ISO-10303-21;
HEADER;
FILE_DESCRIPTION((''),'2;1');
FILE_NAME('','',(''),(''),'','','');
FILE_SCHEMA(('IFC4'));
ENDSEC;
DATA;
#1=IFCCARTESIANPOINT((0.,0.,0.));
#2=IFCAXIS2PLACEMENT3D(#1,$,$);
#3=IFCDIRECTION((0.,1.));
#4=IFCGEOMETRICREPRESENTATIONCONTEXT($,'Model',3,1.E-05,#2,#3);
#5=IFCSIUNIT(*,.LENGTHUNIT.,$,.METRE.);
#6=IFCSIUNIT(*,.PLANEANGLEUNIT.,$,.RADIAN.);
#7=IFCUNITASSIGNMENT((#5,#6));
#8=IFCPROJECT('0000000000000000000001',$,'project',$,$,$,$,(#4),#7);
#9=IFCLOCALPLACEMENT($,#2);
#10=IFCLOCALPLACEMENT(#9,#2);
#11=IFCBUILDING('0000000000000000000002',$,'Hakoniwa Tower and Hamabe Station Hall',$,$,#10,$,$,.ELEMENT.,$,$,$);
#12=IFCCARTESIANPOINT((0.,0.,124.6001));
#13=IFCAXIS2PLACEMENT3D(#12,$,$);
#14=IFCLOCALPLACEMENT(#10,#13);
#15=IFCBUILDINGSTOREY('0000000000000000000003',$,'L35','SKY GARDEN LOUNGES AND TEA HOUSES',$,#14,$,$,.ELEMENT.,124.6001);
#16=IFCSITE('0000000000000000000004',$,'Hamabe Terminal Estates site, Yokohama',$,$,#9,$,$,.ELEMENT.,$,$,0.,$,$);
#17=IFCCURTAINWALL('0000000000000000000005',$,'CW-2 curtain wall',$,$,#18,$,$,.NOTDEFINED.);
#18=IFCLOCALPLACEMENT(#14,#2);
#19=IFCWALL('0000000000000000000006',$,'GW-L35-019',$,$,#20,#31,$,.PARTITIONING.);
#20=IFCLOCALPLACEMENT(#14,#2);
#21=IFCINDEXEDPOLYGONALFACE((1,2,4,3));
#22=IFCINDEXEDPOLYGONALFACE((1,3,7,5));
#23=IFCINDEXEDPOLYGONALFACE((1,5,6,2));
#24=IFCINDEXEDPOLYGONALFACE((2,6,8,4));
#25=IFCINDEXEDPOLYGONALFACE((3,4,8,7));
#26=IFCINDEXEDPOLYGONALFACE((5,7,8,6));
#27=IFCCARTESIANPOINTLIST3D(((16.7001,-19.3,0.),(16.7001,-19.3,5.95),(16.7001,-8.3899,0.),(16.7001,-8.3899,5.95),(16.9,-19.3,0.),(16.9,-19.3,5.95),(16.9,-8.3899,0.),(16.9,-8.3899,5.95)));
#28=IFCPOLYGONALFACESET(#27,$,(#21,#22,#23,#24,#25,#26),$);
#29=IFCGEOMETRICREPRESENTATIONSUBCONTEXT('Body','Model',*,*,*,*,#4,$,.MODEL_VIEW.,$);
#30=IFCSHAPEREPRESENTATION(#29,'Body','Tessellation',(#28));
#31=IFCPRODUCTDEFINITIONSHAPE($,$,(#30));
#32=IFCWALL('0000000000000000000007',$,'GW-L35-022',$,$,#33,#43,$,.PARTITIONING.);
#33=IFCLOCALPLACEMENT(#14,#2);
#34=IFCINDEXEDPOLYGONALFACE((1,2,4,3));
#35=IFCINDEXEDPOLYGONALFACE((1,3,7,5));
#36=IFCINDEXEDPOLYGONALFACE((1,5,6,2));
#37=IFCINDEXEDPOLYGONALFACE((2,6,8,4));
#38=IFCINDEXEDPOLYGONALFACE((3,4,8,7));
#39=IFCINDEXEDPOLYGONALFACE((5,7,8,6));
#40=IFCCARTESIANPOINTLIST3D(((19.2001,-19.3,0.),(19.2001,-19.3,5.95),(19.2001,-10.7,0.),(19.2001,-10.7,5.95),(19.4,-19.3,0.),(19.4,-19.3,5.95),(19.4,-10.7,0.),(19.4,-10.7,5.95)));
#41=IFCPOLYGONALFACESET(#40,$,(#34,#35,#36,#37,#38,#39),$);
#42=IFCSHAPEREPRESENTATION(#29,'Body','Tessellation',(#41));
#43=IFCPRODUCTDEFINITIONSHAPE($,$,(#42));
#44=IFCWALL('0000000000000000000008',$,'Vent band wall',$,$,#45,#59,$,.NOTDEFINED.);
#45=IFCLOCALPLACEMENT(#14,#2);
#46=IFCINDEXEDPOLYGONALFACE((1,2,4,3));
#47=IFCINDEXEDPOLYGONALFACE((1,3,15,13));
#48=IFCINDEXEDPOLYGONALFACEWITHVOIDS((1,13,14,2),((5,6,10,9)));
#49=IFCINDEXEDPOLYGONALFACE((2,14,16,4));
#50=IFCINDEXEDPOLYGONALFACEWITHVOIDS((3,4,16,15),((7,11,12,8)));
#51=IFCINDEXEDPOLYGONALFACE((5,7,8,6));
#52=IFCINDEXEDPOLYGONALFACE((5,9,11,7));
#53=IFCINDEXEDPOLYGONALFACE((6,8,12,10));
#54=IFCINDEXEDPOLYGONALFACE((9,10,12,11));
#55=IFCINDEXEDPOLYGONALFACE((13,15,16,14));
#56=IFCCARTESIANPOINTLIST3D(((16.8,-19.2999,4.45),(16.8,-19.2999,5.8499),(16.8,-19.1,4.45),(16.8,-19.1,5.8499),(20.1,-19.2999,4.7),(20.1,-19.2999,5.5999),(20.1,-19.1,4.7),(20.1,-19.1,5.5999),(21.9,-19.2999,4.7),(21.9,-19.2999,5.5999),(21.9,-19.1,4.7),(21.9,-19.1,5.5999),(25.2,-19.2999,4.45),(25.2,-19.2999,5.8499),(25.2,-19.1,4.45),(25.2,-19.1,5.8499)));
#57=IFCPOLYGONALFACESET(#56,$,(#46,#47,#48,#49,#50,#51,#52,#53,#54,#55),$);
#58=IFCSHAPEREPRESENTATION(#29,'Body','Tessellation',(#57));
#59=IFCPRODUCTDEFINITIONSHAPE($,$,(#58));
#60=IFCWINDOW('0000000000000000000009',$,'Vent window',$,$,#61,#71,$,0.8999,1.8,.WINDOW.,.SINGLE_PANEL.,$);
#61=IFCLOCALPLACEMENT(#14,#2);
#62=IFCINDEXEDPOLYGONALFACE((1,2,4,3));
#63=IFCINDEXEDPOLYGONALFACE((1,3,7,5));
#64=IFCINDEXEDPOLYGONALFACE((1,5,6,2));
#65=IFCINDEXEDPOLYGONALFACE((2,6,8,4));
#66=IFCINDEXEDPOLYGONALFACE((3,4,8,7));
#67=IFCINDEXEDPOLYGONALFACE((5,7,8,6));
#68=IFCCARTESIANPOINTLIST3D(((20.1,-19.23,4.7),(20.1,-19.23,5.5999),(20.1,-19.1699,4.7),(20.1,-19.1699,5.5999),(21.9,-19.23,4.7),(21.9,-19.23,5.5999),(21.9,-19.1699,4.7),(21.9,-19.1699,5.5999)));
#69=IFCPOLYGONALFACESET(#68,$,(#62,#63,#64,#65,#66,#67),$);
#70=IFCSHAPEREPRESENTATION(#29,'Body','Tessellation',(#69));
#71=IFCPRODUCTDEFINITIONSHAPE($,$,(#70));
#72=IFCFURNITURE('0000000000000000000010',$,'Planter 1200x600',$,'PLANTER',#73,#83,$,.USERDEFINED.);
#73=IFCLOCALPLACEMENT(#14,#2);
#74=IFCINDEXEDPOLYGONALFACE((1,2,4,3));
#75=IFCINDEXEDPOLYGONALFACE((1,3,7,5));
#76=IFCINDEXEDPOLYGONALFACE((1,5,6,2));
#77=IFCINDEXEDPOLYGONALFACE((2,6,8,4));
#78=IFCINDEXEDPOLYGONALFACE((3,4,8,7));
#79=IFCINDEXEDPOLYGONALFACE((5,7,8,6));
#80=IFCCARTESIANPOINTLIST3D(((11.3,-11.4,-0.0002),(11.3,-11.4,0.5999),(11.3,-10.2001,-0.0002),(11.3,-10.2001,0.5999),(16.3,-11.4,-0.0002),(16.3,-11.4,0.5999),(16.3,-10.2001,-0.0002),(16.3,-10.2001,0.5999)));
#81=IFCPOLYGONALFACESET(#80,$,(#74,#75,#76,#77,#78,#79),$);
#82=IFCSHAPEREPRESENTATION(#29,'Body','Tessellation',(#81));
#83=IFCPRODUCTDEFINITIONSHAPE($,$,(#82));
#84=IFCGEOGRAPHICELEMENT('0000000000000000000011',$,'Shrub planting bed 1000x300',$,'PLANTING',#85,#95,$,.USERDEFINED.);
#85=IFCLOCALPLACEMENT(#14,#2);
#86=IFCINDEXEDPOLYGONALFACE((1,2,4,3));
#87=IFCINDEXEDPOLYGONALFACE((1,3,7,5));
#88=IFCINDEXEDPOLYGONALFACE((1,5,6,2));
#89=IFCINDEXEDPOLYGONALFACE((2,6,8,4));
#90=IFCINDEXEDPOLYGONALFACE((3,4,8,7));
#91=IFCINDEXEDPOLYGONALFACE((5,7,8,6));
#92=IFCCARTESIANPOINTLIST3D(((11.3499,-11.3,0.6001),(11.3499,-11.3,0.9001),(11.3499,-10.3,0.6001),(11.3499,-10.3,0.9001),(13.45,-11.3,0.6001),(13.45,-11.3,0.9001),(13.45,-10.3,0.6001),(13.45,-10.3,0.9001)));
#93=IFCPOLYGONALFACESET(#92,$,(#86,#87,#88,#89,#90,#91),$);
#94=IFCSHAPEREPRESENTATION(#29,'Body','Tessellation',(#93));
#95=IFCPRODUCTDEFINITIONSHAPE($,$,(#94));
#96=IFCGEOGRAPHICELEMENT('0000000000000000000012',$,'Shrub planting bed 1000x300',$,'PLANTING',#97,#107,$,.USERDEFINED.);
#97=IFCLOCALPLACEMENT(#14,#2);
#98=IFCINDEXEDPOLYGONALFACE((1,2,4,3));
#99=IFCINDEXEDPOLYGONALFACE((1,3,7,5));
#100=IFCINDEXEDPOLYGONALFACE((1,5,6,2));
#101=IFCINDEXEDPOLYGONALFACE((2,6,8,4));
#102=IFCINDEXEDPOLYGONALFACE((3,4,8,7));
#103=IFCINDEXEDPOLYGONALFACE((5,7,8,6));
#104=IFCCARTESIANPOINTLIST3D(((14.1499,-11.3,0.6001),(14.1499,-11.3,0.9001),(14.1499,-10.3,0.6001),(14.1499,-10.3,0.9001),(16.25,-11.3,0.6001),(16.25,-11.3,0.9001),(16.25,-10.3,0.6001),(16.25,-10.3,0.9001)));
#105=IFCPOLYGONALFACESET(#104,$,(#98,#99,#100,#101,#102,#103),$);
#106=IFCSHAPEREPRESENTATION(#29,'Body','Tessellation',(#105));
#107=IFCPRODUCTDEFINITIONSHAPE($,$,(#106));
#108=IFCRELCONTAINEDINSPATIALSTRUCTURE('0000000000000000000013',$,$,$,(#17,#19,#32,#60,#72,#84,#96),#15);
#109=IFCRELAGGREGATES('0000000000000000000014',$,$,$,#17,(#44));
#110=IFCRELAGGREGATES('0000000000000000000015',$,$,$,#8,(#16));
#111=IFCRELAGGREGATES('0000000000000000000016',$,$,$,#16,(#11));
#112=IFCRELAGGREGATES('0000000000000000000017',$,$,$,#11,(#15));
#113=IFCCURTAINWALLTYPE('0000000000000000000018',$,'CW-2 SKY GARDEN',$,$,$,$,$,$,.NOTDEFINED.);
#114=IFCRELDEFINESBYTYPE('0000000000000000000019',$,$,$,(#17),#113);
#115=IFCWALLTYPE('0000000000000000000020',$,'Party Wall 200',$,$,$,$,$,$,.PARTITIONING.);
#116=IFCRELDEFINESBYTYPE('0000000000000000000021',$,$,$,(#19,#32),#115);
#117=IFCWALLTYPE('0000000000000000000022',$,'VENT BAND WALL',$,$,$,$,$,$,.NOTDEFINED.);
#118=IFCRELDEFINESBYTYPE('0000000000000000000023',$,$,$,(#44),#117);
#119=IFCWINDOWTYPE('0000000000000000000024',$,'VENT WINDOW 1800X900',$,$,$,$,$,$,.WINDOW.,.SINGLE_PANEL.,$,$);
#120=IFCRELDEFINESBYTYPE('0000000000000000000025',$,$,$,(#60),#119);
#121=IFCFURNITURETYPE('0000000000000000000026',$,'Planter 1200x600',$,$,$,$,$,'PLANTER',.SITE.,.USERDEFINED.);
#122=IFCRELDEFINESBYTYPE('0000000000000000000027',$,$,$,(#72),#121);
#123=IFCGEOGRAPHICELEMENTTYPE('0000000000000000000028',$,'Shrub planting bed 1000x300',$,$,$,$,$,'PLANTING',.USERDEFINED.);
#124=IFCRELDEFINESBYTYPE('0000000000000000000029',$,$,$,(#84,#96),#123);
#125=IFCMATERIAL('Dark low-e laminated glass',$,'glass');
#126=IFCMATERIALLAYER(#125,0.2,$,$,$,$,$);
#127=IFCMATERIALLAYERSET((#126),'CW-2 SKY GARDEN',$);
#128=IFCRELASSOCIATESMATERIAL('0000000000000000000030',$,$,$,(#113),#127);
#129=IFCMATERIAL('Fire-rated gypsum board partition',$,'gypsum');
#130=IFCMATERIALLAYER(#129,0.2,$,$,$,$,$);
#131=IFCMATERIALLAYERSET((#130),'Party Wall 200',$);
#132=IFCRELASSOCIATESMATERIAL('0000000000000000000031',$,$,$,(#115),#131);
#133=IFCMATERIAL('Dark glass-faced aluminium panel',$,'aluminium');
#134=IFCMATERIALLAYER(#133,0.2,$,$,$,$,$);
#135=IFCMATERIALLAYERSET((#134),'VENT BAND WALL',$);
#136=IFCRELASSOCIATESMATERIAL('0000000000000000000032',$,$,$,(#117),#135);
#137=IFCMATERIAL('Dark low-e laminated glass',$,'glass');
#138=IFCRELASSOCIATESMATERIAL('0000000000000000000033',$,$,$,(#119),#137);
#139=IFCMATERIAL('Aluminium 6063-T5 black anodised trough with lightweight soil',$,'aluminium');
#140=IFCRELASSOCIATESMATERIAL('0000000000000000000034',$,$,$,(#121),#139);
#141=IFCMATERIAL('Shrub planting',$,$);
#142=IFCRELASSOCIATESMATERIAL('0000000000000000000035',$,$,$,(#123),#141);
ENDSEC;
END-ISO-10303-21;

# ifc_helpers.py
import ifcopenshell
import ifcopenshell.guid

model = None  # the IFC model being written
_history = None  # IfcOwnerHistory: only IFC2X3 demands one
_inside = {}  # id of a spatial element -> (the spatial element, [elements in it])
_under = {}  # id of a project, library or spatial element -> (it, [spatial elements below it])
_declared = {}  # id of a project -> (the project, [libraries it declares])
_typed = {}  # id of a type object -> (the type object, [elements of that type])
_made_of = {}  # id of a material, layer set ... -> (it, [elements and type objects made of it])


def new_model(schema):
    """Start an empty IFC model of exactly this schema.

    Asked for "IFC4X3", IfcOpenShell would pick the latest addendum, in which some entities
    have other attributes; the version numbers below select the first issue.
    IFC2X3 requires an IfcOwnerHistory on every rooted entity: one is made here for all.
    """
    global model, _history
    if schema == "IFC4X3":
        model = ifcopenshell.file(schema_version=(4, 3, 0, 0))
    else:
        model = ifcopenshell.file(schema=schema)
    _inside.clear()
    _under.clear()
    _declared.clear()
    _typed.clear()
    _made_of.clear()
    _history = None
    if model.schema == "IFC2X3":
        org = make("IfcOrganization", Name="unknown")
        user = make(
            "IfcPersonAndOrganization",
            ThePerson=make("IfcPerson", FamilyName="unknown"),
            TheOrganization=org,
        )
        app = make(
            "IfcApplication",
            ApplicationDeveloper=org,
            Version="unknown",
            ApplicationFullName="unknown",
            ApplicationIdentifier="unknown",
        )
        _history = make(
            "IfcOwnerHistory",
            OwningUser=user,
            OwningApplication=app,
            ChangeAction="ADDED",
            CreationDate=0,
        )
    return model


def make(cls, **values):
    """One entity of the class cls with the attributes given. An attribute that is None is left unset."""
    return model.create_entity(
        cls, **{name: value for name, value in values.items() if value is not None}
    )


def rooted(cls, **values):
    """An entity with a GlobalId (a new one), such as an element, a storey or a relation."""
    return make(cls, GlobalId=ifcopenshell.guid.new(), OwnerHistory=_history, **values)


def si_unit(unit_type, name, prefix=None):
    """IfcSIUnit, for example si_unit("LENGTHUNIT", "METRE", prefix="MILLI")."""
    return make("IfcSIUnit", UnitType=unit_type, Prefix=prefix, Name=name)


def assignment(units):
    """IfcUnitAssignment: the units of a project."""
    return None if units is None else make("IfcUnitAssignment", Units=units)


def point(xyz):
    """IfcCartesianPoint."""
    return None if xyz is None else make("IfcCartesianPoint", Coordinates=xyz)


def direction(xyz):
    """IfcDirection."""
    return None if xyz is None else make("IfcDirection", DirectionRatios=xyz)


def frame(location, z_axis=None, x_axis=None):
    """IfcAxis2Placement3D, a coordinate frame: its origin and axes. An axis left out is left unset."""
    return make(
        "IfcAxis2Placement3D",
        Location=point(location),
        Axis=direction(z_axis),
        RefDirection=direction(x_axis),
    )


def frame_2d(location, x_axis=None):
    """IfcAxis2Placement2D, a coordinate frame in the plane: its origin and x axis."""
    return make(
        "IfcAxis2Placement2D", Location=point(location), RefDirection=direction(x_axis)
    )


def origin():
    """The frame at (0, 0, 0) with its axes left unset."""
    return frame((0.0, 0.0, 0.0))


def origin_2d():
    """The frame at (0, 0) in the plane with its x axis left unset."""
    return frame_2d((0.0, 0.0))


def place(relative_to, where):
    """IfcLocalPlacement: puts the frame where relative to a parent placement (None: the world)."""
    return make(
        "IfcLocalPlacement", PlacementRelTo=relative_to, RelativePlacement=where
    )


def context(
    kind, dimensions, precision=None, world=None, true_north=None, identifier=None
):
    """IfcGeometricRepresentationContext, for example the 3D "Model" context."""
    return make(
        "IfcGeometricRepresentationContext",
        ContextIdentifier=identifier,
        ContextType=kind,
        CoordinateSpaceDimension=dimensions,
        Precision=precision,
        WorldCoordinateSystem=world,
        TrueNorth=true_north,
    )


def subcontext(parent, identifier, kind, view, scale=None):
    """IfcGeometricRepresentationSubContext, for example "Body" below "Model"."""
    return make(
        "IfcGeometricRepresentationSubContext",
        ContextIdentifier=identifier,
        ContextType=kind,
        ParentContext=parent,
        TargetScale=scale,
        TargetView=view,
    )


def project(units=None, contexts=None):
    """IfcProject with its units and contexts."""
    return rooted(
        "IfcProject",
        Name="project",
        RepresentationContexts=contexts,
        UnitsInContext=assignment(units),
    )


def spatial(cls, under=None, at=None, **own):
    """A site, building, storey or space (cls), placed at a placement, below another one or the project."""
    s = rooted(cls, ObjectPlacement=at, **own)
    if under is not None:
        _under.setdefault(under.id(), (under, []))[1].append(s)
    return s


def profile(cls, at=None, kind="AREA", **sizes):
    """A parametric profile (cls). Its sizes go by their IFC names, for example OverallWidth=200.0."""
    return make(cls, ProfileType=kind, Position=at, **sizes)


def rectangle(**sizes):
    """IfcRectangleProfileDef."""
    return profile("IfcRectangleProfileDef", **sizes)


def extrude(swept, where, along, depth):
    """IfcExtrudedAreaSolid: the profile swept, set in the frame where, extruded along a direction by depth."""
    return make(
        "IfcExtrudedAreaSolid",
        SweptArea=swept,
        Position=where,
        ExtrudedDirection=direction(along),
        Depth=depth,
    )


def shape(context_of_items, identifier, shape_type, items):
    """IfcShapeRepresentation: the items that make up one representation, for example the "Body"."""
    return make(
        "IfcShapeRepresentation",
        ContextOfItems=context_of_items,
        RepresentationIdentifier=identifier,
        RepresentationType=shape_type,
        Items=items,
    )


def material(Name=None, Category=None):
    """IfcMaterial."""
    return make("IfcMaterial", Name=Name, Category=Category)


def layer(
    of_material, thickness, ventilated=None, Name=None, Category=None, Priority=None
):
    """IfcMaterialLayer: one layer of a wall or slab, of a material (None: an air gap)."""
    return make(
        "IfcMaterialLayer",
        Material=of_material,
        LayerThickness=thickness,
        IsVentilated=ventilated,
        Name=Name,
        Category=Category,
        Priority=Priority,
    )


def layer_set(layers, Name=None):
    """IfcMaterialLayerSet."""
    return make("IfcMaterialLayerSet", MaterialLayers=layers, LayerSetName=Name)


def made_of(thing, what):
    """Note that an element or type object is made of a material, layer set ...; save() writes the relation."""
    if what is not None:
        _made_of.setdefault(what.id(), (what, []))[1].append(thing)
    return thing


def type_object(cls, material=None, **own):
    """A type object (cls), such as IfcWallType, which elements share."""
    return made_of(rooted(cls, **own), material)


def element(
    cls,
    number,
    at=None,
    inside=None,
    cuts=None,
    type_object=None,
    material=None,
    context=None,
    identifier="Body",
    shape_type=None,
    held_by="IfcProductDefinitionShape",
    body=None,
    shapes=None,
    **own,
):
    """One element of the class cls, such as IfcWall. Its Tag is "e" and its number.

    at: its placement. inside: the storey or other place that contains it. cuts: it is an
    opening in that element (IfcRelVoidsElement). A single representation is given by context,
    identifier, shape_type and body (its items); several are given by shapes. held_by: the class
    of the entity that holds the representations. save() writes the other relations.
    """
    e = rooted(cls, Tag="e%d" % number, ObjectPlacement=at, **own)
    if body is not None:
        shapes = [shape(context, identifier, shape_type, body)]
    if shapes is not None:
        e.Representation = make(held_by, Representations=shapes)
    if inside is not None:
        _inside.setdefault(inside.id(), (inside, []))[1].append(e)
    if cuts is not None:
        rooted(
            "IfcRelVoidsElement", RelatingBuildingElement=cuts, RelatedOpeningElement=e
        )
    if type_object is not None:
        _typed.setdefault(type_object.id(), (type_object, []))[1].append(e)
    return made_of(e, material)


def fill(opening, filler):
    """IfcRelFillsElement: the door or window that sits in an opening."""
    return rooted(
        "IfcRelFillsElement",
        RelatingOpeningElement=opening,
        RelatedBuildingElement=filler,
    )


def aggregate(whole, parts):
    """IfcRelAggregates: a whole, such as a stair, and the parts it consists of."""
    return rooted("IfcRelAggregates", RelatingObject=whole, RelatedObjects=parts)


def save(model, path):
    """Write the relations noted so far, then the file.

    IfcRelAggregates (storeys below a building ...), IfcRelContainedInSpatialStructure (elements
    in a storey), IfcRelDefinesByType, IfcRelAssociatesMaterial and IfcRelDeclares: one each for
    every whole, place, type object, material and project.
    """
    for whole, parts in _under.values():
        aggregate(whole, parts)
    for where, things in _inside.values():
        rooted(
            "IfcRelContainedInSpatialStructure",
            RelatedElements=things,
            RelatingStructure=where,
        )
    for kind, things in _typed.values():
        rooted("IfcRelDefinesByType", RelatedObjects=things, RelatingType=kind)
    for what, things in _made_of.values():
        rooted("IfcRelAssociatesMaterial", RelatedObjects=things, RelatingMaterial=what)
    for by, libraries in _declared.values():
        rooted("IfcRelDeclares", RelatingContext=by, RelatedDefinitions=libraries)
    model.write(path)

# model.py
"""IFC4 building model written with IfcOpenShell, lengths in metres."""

from ifc_helpers import new_model, si_unit, direction, frame, frame_2d, origin, origin_2d, place, context, subcontext, project, spatial, rectangle, extrude, material, layer, layer_set, type_object, element, fill, aggregate, save


model = new_model("IFC4")

# Units and contexts
model_context = context("Model", 3, precision=1e-05, world=origin(), true_north=direction((0.0, 1.0)))
body_context = subcontext(model_context, "Body", "Model", "MODEL_VIEW")
ifc_project = project(units=[si_unit("LENGTHUNIT", "METRE"), si_unit("PLANEANGLEUNIT", "RADIAN")], contexts=[model_context])

# Site, building, storey
site_placement = place(None, origin())
site = spatial("IfcSite", under=ifc_project, at=site_placement, Name="Hamabe Terminal Estates site, Yokohama", CompositionType="ELEMENT", RefElevation=0.0)
building_placement = place(site_placement, origin())
building = spatial("IfcBuilding", under=site, at=building_placement, Name="Hakoniwa Tower and Hamabe Station Hall", CompositionType="ELEMENT")
storey_placement = place(building_placement, frame((0.0, 0.0, 124.6001)))
storey = spatial("IfcBuildingStorey", under=building, at=storey_placement, Name="L35", Description="SKY GARDEN LOUNGES AND TEA HOUSES", CompositionType="ELEMENT", Elevation=124.6001)

# Curtain wall
ifc_material_1 = material(Name="Dark low-e laminated glass", Category="glass")
ifc_layer_1 = layer(ifc_material_1, 0.2)
ifc_layer_set_1 = layer_set([ifc_layer_1], Name="CW-2 SKY GARDEN")
curtain_wall_type = type_object("IfcCurtainWallType", Name="CW-2 SKY GARDEN", PredefinedType="NOTDEFINED", material=ifc_layer_set_1)
curtain_wall_placement = place(storey_placement, origin())
curtain_wall = element("IfcCurtainWall", 1, at=curtain_wall_placement, inside=storey, type_object=curtain_wall_type, Name="CW-2 curtain wall", PredefinedType="NOTDEFINED")

# Walls
ifc_material_2 = material(Name="Fire-rated gypsum board partition", Category="gypsum")
ifc_layer_2 = layer(ifc_material_2, 0.2)
ifc_layer_set_2 = layer_set([ifc_layer_2], Name="Party Wall 200")
wall_type_1 = type_object("IfcWallType", Name="Party Wall 200", PredefinedType="PARTITIONING", material=ifc_layer_set_2)
wall_1_placement = place(storey_placement, frame((16.8, -19.3, 0.0), z_axis=(0.0, 0.0, 1.0), x_axis=(0.0, 1.0, 0.0)))
element("IfcWall", 2, at=wall_1_placement, inside=storey, type_object=wall_type_1, Name="GW-L35-019", PredefinedType="PARTITIONING", context=body_context, shape_type="SweptSolid", body=[
    extrude(rectangle(XDim=10.9102, YDim=0.2, at=frame_2d((5.4551, 0.0))), origin(), (0.0, 0.0, 1.0), 5.95),
])
wall_2_placement = place(storey_placement, frame((19.3, -19.3, 0.0), z_axis=(0.0, 0.0, 1.0), x_axis=(0.0, 1.0, 0.0)))
element("IfcWall", 3, at=wall_2_placement, inside=storey, type_object=wall_type_1, Name="GW-L35-022", PredefinedType="PARTITIONING", context=body_context, shape_type="SweptSolid", body=[
    extrude(rectangle(XDim=8.6001, YDim=0.2, at=frame_2d((4.3, 0.0))), origin(), (0.0, 0.0, 1.0), 5.95),
])

# Wall, opening, window
ifc_material_3 = material(Name="Dark glass-faced aluminium panel", Category="aluminium")
ifc_layer_3 = layer(ifc_material_3, 0.2)
ifc_layer_set_3 = layer_set([ifc_layer_3], Name="VENT BAND WALL")
wall_type_2 = type_object("IfcWallType", Name="VENT BAND WALL", PredefinedType="NOTDEFINED", material=ifc_layer_set_3)
wall_3_placement = place(storey_placement, frame((16.8, -19.2, 4.45), z_axis=(0.0, 0.0, 1.0), x_axis=(1.0, 0.0, 0.0)))
wall_3 = element("IfcWall", 4, at=wall_3_placement, type_object=wall_type_2, Name="Vent band wall", PredefinedType="NOTDEFINED", context=body_context, shape_type="SweptSolid", body=[
    extrude(rectangle(XDim=8.3999, YDim=0.2, at=frame_2d((4.2, 0.0))), origin(), (0.0, 0.0, 1.0), 1.3999),
])
opening_1_placement = place(wall_3_placement, frame((3.3, 0.0, 0.25)))
opening_1 = element("IfcOpeningElement", 5, at=opening_1_placement, cuts=wall_3, PredefinedType="OPENING", context=body_context, shape_type="SweptSolid", body=[
    extrude(rectangle(XDim=1.8, YDim=0.8999, at=frame_2d((0.8999, 0.45))), frame((0.0, 0.1099, 0.0), z_axis=(0.0, -1.0, 0.0), x_axis=(1.0, 0.0, 0.0)), (0.0, 0.0, 1.0), 0.22),
])
ifc_material_4 = material(Name="Dark low-e laminated glass", Category="glass")
window_type = type_object("IfcWindowType", Name="VENT WINDOW 1800X900", PartitioningType="SINGLE_PANEL", PredefinedType="WINDOW", material=ifc_material_4)
window_placement = place(opening_1_placement, origin())
window = element("IfcWindow", 6, at=window_placement, inside=storey, type_object=window_type, Name="Vent window", OverallHeight=0.8999, OverallWidth=1.8, PartitioningType="SINGLE_PANEL", PredefinedType="WINDOW", context=body_context, shape_type="SweptSolid", body=[
    extrude(rectangle(XDim=1.8, YDim=0.8999, at=frame_2d((0.8999, 0.45))), frame((0.0, 0.03, 0.0), z_axis=(0.0, -1.0, 0.0), x_axis=(1.0, 0.0, 0.0)), (0.0, 0.0, 1.0), 0.0601),
])
fill(opening_1, window)
aggregate(curtain_wall, [wall_3])

# Furniture
ifc_material_5 = material(Name="Aluminium 6063-T5 black anodised trough with lightweight soil", Category="aluminium")
furniture_type = type_object("IfcFurnitureType", Name="Planter 1200x600", ElementType="PLANTER", AssemblyPlace="SITE", PredefinedType="USERDEFINED", material=ifc_material_5)
furniture_placement = place(storey_placement, frame((13.8, -10.8, -0.0002), z_axis=(0.0, 0.0, 1.0), x_axis=(1.0, 0.0, 0.0)))
element("IfcFurniture", 7, at=furniture_placement, inside=storey, type_object=furniture_type, Name="Planter 1200x600", ObjectType="PLANTER", PredefinedType="USERDEFINED", context=body_context, shape_type="SweptSolid", body=[
    extrude(rectangle(XDim=5.0, YDim=1.2, at=origin_2d()), origin(), (0.0, 0.0, 1.0), 0.6001),
])

# Geographic elements
ifc_material_6 = material(Name="Shrub planting")
geographic_element_type = type_object("IfcGeographicElementType", Name="Shrub planting bed 1000x300", ElementType="PLANTING", PredefinedType="USERDEFINED", material=ifc_material_6)
for number, where, z_axis, x_axis, name in (
    (8, (12.3999, -10.8, 0.6001), (0.0, 0.0, 1.0), (1.0, 0.0, 0.0), "Shrub planting bed 1000x300"),
    (9, (15.2, -10.8, 0.6001), (0.0, 0.0, 1.0), (1.0, 0.0, 0.0), "Shrub planting bed 1000x300"),
):
    element("IfcGeographicElement", number, at=place(storey_placement, frame(where, z_axis=z_axis, x_axis=x_axis)), inside=storey, type_object=geographic_element_type, Name=name, ObjectType="PLANTING", PredefinedType="USERDEFINED", context=body_context, shape_type="SweptSolid", body=[
        extrude(rectangle(XDim=2.1001, YDim=1.0, at=origin_2d()), origin(), (0.0, 0.0, 1.0), 0.3),
    ])

save(model, "model.ifc")
